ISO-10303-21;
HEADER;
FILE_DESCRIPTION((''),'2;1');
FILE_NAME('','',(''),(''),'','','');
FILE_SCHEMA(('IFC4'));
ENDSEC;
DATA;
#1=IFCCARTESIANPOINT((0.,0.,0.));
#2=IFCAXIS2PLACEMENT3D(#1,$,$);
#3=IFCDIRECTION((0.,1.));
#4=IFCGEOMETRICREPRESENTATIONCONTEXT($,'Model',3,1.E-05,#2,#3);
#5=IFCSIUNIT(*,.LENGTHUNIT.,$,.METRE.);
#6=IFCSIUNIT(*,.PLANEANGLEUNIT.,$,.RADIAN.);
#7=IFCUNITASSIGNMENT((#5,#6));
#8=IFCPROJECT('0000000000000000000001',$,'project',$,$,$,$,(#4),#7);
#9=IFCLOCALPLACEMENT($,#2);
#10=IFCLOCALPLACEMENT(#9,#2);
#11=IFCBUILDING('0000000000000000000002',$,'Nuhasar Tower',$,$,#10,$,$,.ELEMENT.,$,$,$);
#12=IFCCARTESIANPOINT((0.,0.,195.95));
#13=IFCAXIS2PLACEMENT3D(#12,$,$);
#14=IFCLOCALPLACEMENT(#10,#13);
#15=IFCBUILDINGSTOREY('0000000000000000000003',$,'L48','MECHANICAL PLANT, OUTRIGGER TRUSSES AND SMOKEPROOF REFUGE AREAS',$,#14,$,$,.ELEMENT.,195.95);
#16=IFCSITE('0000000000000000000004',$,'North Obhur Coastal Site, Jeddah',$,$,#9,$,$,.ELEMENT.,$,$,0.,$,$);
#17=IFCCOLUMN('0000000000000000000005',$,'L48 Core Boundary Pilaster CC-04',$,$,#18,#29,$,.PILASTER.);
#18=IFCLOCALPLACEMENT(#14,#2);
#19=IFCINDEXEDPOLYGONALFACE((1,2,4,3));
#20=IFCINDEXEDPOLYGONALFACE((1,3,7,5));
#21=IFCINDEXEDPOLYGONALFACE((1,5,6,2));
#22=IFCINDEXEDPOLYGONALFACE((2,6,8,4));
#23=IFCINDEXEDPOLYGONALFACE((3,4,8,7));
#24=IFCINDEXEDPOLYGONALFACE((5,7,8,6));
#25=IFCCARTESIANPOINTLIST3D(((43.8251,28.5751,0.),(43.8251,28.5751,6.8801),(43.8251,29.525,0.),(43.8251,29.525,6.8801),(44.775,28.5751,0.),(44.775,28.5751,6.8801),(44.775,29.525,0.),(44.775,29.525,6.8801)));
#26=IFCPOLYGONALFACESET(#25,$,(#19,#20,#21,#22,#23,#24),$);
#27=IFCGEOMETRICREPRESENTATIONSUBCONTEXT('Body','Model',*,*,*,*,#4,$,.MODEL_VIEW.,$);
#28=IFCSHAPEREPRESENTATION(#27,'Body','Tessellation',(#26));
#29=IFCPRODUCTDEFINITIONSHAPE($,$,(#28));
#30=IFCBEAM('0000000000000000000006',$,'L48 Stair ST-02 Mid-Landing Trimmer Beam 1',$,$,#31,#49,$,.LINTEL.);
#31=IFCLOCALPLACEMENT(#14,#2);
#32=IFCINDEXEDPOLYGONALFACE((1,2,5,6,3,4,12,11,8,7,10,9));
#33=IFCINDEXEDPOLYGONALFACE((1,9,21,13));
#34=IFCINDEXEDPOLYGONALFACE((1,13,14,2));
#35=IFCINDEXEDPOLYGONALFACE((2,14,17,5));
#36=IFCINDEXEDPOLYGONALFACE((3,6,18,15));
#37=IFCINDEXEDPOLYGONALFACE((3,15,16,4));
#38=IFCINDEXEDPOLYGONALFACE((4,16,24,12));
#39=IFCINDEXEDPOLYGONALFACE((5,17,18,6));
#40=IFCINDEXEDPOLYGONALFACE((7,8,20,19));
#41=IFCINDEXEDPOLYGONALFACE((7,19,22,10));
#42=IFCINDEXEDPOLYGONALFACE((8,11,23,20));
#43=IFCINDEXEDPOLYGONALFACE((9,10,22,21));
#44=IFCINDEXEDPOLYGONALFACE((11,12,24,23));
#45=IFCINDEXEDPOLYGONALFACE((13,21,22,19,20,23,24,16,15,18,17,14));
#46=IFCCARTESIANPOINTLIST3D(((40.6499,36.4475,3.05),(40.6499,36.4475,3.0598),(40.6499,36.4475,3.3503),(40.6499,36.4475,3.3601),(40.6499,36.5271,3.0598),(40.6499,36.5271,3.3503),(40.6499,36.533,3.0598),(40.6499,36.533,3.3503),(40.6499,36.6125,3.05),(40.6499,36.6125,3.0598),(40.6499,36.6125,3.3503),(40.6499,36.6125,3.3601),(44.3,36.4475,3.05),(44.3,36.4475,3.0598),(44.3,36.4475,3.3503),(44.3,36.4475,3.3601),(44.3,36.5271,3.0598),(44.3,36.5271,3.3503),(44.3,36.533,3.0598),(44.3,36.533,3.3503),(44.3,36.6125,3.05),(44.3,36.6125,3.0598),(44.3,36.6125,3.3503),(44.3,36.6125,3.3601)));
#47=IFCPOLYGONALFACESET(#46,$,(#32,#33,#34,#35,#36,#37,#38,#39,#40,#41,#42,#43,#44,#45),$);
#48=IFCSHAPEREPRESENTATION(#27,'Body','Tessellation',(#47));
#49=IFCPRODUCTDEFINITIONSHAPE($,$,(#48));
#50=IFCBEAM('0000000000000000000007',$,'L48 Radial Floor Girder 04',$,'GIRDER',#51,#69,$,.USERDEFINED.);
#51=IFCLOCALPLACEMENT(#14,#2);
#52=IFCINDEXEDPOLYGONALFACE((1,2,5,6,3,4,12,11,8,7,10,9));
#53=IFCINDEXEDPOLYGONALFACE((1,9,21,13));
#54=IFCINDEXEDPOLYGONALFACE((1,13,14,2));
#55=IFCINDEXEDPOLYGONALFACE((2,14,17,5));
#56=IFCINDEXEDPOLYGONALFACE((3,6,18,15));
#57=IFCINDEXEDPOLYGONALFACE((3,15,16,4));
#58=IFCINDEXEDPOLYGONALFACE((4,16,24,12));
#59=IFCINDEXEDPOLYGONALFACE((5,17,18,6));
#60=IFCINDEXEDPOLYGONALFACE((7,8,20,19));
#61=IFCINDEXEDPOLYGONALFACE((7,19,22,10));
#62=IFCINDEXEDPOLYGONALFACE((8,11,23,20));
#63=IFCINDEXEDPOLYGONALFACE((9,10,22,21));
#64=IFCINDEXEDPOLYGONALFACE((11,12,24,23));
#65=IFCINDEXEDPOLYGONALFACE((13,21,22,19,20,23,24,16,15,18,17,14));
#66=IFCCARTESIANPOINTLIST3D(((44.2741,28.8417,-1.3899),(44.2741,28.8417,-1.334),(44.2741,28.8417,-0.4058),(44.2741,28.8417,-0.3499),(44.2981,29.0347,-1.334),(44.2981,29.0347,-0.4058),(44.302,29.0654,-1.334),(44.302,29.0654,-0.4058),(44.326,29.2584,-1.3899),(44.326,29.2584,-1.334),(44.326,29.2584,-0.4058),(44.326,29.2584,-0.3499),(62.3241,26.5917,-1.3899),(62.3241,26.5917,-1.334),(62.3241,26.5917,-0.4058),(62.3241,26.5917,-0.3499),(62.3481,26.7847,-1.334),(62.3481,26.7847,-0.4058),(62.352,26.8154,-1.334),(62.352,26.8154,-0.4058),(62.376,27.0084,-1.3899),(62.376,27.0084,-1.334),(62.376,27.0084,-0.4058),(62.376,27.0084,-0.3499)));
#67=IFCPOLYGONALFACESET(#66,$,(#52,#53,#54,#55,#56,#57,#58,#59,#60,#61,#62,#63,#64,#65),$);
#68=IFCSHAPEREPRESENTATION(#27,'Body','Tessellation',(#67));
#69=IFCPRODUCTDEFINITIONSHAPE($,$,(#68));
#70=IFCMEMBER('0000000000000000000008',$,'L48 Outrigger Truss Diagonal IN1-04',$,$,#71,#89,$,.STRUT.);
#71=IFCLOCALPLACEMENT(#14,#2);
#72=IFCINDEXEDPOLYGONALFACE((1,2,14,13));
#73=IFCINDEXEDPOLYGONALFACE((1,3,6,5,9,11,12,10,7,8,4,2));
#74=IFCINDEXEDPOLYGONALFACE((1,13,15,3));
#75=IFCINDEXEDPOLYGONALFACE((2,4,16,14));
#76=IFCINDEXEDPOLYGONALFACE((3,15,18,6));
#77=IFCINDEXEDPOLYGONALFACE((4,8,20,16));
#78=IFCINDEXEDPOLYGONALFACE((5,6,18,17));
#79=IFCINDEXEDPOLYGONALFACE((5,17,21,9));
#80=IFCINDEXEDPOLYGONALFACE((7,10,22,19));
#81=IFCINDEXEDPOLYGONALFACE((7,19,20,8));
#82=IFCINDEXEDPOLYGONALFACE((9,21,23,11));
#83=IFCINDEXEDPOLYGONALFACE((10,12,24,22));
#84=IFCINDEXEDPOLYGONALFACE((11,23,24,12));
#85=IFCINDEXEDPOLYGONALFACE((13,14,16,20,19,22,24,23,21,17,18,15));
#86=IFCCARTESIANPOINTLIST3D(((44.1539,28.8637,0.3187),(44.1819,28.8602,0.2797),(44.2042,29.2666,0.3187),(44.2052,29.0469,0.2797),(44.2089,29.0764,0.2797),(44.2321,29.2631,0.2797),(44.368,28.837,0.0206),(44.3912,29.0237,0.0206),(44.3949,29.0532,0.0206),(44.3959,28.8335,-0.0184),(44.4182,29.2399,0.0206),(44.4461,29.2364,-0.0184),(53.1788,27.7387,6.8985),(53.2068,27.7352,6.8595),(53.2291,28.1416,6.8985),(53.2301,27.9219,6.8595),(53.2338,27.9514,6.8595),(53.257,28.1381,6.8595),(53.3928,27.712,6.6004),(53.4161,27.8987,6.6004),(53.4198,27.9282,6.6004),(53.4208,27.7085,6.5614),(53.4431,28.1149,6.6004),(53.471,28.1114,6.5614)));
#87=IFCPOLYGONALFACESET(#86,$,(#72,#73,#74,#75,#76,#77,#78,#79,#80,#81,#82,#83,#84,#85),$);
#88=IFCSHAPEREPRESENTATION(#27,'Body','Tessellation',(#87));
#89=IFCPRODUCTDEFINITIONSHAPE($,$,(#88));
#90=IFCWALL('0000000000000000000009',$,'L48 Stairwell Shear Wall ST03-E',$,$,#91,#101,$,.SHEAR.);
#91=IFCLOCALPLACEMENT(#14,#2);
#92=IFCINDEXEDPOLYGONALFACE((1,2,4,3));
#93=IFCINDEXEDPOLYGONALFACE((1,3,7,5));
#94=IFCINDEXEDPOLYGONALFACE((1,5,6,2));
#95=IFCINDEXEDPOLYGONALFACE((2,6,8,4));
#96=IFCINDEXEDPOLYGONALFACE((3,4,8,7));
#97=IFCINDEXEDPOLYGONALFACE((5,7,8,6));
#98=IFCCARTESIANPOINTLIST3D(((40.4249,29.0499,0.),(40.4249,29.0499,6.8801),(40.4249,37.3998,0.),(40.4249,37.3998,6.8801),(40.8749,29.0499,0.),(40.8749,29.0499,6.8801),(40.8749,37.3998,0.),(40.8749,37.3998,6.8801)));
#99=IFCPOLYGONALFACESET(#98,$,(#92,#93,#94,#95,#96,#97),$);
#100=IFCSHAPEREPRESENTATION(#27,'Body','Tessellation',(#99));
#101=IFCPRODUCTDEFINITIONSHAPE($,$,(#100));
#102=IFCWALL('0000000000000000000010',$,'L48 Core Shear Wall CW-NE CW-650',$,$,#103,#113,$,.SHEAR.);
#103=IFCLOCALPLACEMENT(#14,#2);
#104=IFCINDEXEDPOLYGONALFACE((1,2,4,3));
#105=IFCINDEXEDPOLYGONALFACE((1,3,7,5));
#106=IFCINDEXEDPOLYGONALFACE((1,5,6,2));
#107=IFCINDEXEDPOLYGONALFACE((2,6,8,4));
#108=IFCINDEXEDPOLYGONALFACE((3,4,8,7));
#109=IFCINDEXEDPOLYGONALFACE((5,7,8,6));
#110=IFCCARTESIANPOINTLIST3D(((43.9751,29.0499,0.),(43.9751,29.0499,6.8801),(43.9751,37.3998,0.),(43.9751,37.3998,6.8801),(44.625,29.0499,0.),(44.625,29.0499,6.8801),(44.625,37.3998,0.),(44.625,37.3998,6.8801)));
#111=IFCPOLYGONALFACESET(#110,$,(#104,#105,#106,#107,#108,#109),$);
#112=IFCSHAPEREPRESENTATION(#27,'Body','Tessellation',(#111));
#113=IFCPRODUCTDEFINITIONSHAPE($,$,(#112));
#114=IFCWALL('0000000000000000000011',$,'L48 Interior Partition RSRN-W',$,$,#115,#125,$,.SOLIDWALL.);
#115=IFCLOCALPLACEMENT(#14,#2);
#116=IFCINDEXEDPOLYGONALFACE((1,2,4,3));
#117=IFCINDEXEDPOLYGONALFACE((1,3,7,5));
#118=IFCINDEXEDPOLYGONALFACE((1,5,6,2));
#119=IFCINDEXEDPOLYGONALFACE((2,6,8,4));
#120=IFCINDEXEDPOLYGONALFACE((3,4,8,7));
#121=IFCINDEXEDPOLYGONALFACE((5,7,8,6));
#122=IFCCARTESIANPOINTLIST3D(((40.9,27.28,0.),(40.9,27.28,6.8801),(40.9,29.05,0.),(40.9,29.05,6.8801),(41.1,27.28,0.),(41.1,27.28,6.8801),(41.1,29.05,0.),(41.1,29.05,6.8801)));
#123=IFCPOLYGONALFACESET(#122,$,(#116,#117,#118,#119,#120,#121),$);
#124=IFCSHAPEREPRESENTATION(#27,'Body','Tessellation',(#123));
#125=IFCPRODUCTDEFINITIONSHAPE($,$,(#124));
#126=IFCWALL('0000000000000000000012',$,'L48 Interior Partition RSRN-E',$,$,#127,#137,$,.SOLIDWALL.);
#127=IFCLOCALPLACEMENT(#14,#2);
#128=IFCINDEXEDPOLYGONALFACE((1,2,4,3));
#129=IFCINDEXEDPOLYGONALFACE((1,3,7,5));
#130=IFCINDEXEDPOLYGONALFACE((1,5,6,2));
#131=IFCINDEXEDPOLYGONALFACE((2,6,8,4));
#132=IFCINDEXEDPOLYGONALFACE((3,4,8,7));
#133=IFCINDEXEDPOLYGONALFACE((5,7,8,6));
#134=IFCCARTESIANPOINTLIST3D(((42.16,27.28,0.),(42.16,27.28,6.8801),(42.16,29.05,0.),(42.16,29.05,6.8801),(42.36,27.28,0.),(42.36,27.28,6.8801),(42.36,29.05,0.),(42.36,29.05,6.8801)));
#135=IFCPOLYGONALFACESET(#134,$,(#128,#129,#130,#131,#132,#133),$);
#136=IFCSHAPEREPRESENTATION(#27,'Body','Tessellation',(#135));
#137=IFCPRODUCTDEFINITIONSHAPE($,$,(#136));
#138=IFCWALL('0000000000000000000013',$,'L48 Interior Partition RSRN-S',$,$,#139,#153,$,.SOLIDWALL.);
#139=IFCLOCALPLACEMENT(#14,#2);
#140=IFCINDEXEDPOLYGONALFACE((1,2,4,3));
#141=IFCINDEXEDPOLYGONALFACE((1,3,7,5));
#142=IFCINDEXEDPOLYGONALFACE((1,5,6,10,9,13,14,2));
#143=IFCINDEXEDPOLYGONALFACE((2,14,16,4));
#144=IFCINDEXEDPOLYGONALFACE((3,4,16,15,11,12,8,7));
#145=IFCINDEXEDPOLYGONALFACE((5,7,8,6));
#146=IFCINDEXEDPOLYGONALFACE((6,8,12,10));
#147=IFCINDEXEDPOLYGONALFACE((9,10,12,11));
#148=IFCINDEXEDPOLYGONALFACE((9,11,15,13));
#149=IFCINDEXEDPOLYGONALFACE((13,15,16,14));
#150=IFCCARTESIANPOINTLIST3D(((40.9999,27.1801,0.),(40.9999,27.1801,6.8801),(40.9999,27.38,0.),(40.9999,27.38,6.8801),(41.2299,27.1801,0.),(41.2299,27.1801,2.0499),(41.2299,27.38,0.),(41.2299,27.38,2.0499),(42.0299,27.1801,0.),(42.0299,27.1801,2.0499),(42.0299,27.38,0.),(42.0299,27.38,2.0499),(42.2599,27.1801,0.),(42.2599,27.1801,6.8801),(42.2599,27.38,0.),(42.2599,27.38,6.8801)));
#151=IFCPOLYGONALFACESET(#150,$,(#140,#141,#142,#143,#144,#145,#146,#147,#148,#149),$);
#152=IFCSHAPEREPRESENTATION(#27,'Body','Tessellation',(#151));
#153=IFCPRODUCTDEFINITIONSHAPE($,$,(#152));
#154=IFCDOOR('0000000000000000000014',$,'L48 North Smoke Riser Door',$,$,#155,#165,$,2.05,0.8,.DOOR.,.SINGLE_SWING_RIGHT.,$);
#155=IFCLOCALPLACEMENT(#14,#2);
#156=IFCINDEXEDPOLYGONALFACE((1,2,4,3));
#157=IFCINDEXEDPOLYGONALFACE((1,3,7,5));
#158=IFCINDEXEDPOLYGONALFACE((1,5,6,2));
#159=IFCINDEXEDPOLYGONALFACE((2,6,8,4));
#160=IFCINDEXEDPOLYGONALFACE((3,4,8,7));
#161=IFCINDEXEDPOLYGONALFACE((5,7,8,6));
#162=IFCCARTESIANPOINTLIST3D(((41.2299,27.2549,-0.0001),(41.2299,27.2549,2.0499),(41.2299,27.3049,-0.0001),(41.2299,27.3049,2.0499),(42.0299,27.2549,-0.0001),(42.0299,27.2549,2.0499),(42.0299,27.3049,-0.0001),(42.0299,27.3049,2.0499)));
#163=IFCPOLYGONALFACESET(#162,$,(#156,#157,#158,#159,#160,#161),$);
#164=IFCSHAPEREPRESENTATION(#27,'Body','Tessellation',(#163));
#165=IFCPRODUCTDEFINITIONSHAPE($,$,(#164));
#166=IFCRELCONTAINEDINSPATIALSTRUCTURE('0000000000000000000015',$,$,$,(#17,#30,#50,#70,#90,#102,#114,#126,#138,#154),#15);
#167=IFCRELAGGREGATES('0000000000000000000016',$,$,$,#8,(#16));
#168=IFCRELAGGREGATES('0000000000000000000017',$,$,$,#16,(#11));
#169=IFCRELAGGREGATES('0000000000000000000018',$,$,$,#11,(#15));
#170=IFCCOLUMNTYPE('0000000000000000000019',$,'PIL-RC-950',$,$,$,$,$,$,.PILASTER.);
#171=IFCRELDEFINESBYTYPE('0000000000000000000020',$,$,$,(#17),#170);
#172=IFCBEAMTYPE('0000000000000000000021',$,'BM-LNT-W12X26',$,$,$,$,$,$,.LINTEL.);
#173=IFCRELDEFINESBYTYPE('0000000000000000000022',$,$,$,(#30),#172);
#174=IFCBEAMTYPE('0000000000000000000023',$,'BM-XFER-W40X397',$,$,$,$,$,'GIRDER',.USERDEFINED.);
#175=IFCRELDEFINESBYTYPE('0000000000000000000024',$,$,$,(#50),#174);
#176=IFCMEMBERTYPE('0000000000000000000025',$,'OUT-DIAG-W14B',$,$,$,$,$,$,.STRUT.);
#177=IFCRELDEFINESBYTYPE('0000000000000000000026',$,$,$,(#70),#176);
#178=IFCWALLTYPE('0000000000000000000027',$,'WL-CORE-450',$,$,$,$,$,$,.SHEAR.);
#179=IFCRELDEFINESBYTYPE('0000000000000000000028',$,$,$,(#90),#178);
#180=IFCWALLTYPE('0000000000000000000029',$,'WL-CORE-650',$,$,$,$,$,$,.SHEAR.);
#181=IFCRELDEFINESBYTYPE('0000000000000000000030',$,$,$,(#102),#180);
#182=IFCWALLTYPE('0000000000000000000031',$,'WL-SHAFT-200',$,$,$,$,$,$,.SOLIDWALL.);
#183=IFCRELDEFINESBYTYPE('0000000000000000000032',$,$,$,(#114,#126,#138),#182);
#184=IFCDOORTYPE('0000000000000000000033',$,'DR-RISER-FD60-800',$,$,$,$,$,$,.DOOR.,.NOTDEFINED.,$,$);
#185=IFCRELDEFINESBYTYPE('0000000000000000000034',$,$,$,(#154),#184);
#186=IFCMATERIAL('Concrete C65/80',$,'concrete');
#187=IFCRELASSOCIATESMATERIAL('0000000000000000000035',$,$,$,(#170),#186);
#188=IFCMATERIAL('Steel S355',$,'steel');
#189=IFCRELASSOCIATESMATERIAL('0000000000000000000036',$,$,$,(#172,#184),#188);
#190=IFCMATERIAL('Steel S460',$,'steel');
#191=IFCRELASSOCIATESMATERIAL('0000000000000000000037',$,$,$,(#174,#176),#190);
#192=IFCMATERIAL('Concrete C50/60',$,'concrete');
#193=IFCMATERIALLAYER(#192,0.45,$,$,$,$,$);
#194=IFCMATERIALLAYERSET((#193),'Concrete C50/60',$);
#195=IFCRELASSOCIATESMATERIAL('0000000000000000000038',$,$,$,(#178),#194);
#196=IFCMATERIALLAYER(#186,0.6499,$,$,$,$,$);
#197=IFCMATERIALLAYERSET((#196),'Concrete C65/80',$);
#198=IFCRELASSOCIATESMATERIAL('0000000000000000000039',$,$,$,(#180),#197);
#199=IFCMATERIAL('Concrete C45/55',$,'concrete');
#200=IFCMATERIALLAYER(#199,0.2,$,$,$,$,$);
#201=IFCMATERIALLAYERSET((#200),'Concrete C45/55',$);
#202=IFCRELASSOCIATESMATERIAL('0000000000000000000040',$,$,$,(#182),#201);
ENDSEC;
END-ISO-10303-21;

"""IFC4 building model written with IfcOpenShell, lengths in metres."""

from ifc_helpers import new_model, si_unit, direction, frame, frame_2d, origin, origin_2d, place, context, subcontext, project, spatial, rectangle, i_section, extrude, material, layer, layer_set, material_profile, profile_set, type_object, element, fill, save


model = new_model("IFC4")

# Units and contexts
model_context = context("Model", 3, precision=1e-05, world=origin(), true_north=direction((0.0, 1.0)))
body_context = subcontext(model_context, "Body", "Model", "MODEL_VIEW")
ifc_project = project(units=[si_unit("LENGTHUNIT", "METRE"), si_unit("PLANEANGLEUNIT", "RADIAN")], contexts=[model_context])

# Site, building, storey
site_placement = place(None, origin())
site = spatial("IfcSite", under=ifc_project, at=site_placement, Name="North Obhur Coastal Site, Jeddah", CompositionType="ELEMENT", RefElevation=0.0)
building_placement = place(site_placement, origin())
building = spatial("IfcBuilding", under=site, at=building_placement, Name="Nuhasar Tower", CompositionType="ELEMENT")
storey_placement = place(building_placement, frame((0.0, 0.0, 195.95)))
storey = spatial("IfcBuildingStorey", under=building, at=storey_placement, Name="L48", Description="MECHANICAL PLANT, OUTRIGGER TRUSSES AND SMOKEPROOF REFUGE AREAS", CompositionType="ELEMENT", Elevation=195.95)

# Column
ifc_material_1 = material(Name="Concrete C65/80", Category="concrete")
ifc_material_profile_1 = material_profile(ifc_material_1, rectangle(XDim=0.95, YDim=0.95, at=origin_2d()), Name="RC950X950")
ifc_profile_set_1 = profile_set([ifc_material_profile_1], Name="Concrete C65/80")
column_type = type_object("IfcColumnType", Name="PIL-RC-950", PredefinedType="PILASTER", material=ifc_profile_set_1)
column_placement = place(storey_placement, frame((44.3, 29.05, 0.0), z_axis=(0.0, 0.0, 1.0), x_axis=(1.0, 0.0, 0.0)))
element("IfcColumn", 1, at=column_placement, inside=storey, type_object=column_type, Name="L48 Core Boundary Pilaster CC-04", PredefinedType="PILASTER", context=body_context, shape_type="SweptSolid", body=[
    extrude(rectangle(XDim=0.95, YDim=0.95, at=origin_2d()), origin(), (0.0, 0.0, 1.0), 6.8801),
])

# Beams
ifc_material_2 = material(Name="Steel S355", Category="steel")
ifc_material_profile_2 = material_profile(ifc_material_2, i_section(OverallWidth=0.165, OverallDepth=0.3101, WebThickness=0.0059, FlangeThickness=0.0098, at=origin_2d()), Name="W12X26")
ifc_profile_set_2 = profile_set([ifc_material_profile_2], Name="Steel S355")
beam_type_1 = type_object("IfcBeamType", Name="BM-LNT-W12X26", PredefinedType="LINTEL", material=ifc_profile_set_2)
beam_1_placement = place(storey_placement, frame((40.6499, 36.53, 3.2051), z_axis=(1.0, 0.0, 0.0), x_axis=(0.0, 1.0, 0.0)))
element("IfcBeam", 2, at=beam_1_placement, inside=storey, type_object=beam_type_1, Name="L48 Stair ST-02 Mid-Landing Trimmer Beam 1", PredefinedType="LINTEL", context=body_context, shape_type="SweptSolid", body=[
    extrude(i_section(OverallWidth=0.165, OverallDepth=0.3101, WebThickness=0.0059, FlangeThickness=0.0098, at=origin_2d()), origin(), (0.0, 0.0, 1.0), 3.6501),
])
ifc_material_3 = material(Name="Steel S460", Category="steel")
ifc_material_profile_3 = material_profile(ifc_material_3, i_section(OverallWidth=0.4199, OverallDepth=1.04, WebThickness=0.031, FlangeThickness=0.0559, at=origin_2d()), Name="W40X397")
ifc_profile_set_3 = profile_set([ifc_material_profile_3], Name="Steel S460")
beam_type_2 = type_object("IfcBeamType", Name="BM-XFER-W40X397", ElementType="GIRDER", PredefinedType="USERDEFINED", material=ifc_profile_set_3)
beam_2_placement = place(storey_placement, frame((44.3, 29.05, -0.8699), z_axis=(0.99232, -0.123696, 0.0), x_axis=(0.123696, 0.99232, 0.0)))
element("IfcBeam", 3, at=beam_2_placement, inside=storey, type_object=beam_type_2, Name="L48 Radial Floor Girder 04", ObjectType="GIRDER", PredefinedType="USERDEFINED", context=body_context, shape_type="SweptSolid", body=[
    extrude(i_section(OverallWidth=0.4199, OverallDepth=1.04, WebThickness=0.031, FlangeThickness=0.0559, at=origin_2d()), origin(), (0.0, 0.0, 1.0), 18.1897),
])

# Member
ifc_material_profile_4 = material_profile(ifc_material_3, i_section(OverallWidth=0.406, OverallDepth=0.416, WebThickness=0.0298, FlangeThickness=0.0481, at=origin_2d()), Name="W14X257")
ifc_profile_set_4 = profile_set([ifc_material_profile_4], Name="Steel S460")
member_type = type_object("IfcMemberType", Name="OUT-DIAG-W14B", PredefinedType="STRUT", material=ifc_profile_set_4)
member_placement = place(storey_placement, frame((44.3, 29.05, 0.1501), z_axis=(0.803974, -0.10022, 0.586158), x_axis=(0.123698, 0.99232, 0.0)))
element("IfcMember", 4, at=member_placement, inside=storey, type_object=member_type, Name="L48 Outrigger Truss Diagonal IN1-04", PredefinedType="STRUT", context=body_context, shape_type="SweptSolid", body=[
    extrude(i_section(OverallWidth=0.406, OverallDepth=0.416, WebThickness=0.0298, FlangeThickness=0.0481, at=origin_2d()), origin(), (0.0, 0.0, 1.0), 11.2253),
])

# Walls
ifc_material_4 = material(Name="Concrete C50/60", Category="concrete")
ifc_layer_1 = layer(ifc_material_4, 0.45)
ifc_layer_set_1 = layer_set([ifc_layer_1], Name="Concrete C50/60")
wall_type_1 = type_object("IfcWallType", Name="WL-CORE-450", PredefinedType="SHEAR", material=ifc_layer_set_1)
wall_1_placement = place(storey_placement, frame((40.6499, 29.05, 0.0), z_axis=(0.0, 0.0, 1.0), x_axis=(0.0, 1.0, 0.0)))
element("IfcWall", 5, at=wall_1_placement, inside=storey, type_object=wall_type_1, Name="L48 Stairwell Shear Wall ST03-E", PredefinedType="SHEAR", context=body_context, shape_type="SweptSolid", body=[
    extrude(rectangle(XDim=8.3499, YDim=0.45, at=frame_2d((4.1748, 0.0))), origin(), (0.0, 0.0, 1.0), 6.8801),
])
ifc_layer_2 = layer(ifc_material_1, 0.6499)
ifc_layer_set_2 = layer_set([ifc_layer_2], Name="Concrete C65/80")
wall_type_2 = type_object("IfcWallType", Name="WL-CORE-650", PredefinedType="SHEAR", material=ifc_layer_set_2)
wall_2_placement = place(storey_placement, frame((44.3, 29.05, 0.0), z_axis=(0.0, 0.0, 1.0), x_axis=(0.0, 1.0, 0.0)))
element("IfcWall", 6, at=wall_2_placement, inside=storey, type_object=wall_type_2, Name="L48 Core Shear Wall CW-NE CW-650", PredefinedType="SHEAR", context=body_context, shape_type="SweptSolid", body=[
    extrude(rectangle(XDim=8.3499, YDim=0.6499, at=frame_2d((4.1748, 0.0))), origin(), (0.0, 0.0, 1.0), 6.8801),
])
ifc_material_5 = material(Name="Concrete C45/55", Category="concrete")
ifc_layer_3 = layer(ifc_material_5, 0.2)
ifc_layer_set_3 = layer_set([ifc_layer_3], Name="Concrete C45/55")
wall_type_3 = type_object("IfcWallType", Name="WL-SHAFT-200", PredefinedType="SOLIDWALL", material=ifc_layer_set_3)
for number, where, z_axis, x_axis, name in (
    (7, (41.0, 27.28, 0.0), (0.0, 0.0, 1.0), (0.0, 1.0, 0.0), "L48 Interior Partition RSRN-W"),
    (8, (42.26, 27.28, 0.0), (0.0, 0.0, 1.0), (0.0, 1.0, 0.0), "L48 Interior Partition RSRN-E"),
):
    element("IfcWall", number, at=place(storey_placement, frame(where, z_axis=z_axis, x_axis=x_axis)), inside=storey, type_object=wall_type_3, Name=name, PredefinedType="SOLIDWALL", context=body_context, shape_type="SweptSolid", body=[
        extrude(rectangle(XDim=1.77, YDim=0.2, at=frame_2d((0.885, 0.0))), origin(), (0.0, 0.0, 1.0), 6.8801),
    ])

# Wall, opening, door
wall_3_placement = place(storey_placement, frame((41.0, 27.28, 0.0), z_axis=(0.0, 0.0, 1.0), x_axis=(1.0, 0.0, 0.0)))
wall_3 = element("IfcWall", 9, at=wall_3_placement, inside=storey, type_object=wall_type_3, Name="L48 Interior Partition RSRN-S", PredefinedType="SOLIDWALL", context=body_context, shape_type="SweptSolid", body=[
    extrude(rectangle(XDim=1.26, YDim=0.2, at=frame_2d((0.6299, 0.0))), origin(), (0.0, 0.0, 1.0), 6.8801),
])
opening_1_placement = place(wall_3_placement, frame((0.23, 0.0, 0.0)))
opening_1 = element("IfcOpeningElement", 10, at=opening_1_placement, cuts=wall_3, PredefinedType="OPENING", context=body_context, shape_type="SweptSolid", body=[
    extrude(rectangle(XDim=0.8, YDim=2.05, at=frame_2d((0.3999, 1.0249))), frame((0.0, 0.1099, 0.0), z_axis=(0.0, -1.0, 0.0), x_axis=(1.0, 0.0, 0.0)), (0.0, 0.0, 1.0), 0.22),
])
door_type_1 = type_object("IfcDoorType", Name="DR-RISER-FD60-800", OperationType="NOTDEFINED", PredefinedType="DOOR", material=ifc_material_2)
door_1_placement = place(opening_1_placement, origin())
door_1 = element("IfcDoor", 11, at=door_1_placement, inside=storey, type_object=door_type_1, Name="L48 North Smoke Riser Door", OperationType="SINGLE_SWING_RIGHT", OverallHeight=2.05, OverallWidth=0.8, PredefinedType="DOOR", context=body_context, shape_type="SweptSolid", body=[
    extrude(rectangle(XDim=0.8, YDim=2.05, at=frame_2d((0.3999, 1.0249))), frame((0.0, 0.0249, 0.0), z_axis=(0.0, -1.0, 0.0), x_axis=(1.0, 0.0, 0.0)), (0.0, 0.0, 1.0), 0.05),
])
fill(opening_1, door_1)

save(model, "model.ifc")
